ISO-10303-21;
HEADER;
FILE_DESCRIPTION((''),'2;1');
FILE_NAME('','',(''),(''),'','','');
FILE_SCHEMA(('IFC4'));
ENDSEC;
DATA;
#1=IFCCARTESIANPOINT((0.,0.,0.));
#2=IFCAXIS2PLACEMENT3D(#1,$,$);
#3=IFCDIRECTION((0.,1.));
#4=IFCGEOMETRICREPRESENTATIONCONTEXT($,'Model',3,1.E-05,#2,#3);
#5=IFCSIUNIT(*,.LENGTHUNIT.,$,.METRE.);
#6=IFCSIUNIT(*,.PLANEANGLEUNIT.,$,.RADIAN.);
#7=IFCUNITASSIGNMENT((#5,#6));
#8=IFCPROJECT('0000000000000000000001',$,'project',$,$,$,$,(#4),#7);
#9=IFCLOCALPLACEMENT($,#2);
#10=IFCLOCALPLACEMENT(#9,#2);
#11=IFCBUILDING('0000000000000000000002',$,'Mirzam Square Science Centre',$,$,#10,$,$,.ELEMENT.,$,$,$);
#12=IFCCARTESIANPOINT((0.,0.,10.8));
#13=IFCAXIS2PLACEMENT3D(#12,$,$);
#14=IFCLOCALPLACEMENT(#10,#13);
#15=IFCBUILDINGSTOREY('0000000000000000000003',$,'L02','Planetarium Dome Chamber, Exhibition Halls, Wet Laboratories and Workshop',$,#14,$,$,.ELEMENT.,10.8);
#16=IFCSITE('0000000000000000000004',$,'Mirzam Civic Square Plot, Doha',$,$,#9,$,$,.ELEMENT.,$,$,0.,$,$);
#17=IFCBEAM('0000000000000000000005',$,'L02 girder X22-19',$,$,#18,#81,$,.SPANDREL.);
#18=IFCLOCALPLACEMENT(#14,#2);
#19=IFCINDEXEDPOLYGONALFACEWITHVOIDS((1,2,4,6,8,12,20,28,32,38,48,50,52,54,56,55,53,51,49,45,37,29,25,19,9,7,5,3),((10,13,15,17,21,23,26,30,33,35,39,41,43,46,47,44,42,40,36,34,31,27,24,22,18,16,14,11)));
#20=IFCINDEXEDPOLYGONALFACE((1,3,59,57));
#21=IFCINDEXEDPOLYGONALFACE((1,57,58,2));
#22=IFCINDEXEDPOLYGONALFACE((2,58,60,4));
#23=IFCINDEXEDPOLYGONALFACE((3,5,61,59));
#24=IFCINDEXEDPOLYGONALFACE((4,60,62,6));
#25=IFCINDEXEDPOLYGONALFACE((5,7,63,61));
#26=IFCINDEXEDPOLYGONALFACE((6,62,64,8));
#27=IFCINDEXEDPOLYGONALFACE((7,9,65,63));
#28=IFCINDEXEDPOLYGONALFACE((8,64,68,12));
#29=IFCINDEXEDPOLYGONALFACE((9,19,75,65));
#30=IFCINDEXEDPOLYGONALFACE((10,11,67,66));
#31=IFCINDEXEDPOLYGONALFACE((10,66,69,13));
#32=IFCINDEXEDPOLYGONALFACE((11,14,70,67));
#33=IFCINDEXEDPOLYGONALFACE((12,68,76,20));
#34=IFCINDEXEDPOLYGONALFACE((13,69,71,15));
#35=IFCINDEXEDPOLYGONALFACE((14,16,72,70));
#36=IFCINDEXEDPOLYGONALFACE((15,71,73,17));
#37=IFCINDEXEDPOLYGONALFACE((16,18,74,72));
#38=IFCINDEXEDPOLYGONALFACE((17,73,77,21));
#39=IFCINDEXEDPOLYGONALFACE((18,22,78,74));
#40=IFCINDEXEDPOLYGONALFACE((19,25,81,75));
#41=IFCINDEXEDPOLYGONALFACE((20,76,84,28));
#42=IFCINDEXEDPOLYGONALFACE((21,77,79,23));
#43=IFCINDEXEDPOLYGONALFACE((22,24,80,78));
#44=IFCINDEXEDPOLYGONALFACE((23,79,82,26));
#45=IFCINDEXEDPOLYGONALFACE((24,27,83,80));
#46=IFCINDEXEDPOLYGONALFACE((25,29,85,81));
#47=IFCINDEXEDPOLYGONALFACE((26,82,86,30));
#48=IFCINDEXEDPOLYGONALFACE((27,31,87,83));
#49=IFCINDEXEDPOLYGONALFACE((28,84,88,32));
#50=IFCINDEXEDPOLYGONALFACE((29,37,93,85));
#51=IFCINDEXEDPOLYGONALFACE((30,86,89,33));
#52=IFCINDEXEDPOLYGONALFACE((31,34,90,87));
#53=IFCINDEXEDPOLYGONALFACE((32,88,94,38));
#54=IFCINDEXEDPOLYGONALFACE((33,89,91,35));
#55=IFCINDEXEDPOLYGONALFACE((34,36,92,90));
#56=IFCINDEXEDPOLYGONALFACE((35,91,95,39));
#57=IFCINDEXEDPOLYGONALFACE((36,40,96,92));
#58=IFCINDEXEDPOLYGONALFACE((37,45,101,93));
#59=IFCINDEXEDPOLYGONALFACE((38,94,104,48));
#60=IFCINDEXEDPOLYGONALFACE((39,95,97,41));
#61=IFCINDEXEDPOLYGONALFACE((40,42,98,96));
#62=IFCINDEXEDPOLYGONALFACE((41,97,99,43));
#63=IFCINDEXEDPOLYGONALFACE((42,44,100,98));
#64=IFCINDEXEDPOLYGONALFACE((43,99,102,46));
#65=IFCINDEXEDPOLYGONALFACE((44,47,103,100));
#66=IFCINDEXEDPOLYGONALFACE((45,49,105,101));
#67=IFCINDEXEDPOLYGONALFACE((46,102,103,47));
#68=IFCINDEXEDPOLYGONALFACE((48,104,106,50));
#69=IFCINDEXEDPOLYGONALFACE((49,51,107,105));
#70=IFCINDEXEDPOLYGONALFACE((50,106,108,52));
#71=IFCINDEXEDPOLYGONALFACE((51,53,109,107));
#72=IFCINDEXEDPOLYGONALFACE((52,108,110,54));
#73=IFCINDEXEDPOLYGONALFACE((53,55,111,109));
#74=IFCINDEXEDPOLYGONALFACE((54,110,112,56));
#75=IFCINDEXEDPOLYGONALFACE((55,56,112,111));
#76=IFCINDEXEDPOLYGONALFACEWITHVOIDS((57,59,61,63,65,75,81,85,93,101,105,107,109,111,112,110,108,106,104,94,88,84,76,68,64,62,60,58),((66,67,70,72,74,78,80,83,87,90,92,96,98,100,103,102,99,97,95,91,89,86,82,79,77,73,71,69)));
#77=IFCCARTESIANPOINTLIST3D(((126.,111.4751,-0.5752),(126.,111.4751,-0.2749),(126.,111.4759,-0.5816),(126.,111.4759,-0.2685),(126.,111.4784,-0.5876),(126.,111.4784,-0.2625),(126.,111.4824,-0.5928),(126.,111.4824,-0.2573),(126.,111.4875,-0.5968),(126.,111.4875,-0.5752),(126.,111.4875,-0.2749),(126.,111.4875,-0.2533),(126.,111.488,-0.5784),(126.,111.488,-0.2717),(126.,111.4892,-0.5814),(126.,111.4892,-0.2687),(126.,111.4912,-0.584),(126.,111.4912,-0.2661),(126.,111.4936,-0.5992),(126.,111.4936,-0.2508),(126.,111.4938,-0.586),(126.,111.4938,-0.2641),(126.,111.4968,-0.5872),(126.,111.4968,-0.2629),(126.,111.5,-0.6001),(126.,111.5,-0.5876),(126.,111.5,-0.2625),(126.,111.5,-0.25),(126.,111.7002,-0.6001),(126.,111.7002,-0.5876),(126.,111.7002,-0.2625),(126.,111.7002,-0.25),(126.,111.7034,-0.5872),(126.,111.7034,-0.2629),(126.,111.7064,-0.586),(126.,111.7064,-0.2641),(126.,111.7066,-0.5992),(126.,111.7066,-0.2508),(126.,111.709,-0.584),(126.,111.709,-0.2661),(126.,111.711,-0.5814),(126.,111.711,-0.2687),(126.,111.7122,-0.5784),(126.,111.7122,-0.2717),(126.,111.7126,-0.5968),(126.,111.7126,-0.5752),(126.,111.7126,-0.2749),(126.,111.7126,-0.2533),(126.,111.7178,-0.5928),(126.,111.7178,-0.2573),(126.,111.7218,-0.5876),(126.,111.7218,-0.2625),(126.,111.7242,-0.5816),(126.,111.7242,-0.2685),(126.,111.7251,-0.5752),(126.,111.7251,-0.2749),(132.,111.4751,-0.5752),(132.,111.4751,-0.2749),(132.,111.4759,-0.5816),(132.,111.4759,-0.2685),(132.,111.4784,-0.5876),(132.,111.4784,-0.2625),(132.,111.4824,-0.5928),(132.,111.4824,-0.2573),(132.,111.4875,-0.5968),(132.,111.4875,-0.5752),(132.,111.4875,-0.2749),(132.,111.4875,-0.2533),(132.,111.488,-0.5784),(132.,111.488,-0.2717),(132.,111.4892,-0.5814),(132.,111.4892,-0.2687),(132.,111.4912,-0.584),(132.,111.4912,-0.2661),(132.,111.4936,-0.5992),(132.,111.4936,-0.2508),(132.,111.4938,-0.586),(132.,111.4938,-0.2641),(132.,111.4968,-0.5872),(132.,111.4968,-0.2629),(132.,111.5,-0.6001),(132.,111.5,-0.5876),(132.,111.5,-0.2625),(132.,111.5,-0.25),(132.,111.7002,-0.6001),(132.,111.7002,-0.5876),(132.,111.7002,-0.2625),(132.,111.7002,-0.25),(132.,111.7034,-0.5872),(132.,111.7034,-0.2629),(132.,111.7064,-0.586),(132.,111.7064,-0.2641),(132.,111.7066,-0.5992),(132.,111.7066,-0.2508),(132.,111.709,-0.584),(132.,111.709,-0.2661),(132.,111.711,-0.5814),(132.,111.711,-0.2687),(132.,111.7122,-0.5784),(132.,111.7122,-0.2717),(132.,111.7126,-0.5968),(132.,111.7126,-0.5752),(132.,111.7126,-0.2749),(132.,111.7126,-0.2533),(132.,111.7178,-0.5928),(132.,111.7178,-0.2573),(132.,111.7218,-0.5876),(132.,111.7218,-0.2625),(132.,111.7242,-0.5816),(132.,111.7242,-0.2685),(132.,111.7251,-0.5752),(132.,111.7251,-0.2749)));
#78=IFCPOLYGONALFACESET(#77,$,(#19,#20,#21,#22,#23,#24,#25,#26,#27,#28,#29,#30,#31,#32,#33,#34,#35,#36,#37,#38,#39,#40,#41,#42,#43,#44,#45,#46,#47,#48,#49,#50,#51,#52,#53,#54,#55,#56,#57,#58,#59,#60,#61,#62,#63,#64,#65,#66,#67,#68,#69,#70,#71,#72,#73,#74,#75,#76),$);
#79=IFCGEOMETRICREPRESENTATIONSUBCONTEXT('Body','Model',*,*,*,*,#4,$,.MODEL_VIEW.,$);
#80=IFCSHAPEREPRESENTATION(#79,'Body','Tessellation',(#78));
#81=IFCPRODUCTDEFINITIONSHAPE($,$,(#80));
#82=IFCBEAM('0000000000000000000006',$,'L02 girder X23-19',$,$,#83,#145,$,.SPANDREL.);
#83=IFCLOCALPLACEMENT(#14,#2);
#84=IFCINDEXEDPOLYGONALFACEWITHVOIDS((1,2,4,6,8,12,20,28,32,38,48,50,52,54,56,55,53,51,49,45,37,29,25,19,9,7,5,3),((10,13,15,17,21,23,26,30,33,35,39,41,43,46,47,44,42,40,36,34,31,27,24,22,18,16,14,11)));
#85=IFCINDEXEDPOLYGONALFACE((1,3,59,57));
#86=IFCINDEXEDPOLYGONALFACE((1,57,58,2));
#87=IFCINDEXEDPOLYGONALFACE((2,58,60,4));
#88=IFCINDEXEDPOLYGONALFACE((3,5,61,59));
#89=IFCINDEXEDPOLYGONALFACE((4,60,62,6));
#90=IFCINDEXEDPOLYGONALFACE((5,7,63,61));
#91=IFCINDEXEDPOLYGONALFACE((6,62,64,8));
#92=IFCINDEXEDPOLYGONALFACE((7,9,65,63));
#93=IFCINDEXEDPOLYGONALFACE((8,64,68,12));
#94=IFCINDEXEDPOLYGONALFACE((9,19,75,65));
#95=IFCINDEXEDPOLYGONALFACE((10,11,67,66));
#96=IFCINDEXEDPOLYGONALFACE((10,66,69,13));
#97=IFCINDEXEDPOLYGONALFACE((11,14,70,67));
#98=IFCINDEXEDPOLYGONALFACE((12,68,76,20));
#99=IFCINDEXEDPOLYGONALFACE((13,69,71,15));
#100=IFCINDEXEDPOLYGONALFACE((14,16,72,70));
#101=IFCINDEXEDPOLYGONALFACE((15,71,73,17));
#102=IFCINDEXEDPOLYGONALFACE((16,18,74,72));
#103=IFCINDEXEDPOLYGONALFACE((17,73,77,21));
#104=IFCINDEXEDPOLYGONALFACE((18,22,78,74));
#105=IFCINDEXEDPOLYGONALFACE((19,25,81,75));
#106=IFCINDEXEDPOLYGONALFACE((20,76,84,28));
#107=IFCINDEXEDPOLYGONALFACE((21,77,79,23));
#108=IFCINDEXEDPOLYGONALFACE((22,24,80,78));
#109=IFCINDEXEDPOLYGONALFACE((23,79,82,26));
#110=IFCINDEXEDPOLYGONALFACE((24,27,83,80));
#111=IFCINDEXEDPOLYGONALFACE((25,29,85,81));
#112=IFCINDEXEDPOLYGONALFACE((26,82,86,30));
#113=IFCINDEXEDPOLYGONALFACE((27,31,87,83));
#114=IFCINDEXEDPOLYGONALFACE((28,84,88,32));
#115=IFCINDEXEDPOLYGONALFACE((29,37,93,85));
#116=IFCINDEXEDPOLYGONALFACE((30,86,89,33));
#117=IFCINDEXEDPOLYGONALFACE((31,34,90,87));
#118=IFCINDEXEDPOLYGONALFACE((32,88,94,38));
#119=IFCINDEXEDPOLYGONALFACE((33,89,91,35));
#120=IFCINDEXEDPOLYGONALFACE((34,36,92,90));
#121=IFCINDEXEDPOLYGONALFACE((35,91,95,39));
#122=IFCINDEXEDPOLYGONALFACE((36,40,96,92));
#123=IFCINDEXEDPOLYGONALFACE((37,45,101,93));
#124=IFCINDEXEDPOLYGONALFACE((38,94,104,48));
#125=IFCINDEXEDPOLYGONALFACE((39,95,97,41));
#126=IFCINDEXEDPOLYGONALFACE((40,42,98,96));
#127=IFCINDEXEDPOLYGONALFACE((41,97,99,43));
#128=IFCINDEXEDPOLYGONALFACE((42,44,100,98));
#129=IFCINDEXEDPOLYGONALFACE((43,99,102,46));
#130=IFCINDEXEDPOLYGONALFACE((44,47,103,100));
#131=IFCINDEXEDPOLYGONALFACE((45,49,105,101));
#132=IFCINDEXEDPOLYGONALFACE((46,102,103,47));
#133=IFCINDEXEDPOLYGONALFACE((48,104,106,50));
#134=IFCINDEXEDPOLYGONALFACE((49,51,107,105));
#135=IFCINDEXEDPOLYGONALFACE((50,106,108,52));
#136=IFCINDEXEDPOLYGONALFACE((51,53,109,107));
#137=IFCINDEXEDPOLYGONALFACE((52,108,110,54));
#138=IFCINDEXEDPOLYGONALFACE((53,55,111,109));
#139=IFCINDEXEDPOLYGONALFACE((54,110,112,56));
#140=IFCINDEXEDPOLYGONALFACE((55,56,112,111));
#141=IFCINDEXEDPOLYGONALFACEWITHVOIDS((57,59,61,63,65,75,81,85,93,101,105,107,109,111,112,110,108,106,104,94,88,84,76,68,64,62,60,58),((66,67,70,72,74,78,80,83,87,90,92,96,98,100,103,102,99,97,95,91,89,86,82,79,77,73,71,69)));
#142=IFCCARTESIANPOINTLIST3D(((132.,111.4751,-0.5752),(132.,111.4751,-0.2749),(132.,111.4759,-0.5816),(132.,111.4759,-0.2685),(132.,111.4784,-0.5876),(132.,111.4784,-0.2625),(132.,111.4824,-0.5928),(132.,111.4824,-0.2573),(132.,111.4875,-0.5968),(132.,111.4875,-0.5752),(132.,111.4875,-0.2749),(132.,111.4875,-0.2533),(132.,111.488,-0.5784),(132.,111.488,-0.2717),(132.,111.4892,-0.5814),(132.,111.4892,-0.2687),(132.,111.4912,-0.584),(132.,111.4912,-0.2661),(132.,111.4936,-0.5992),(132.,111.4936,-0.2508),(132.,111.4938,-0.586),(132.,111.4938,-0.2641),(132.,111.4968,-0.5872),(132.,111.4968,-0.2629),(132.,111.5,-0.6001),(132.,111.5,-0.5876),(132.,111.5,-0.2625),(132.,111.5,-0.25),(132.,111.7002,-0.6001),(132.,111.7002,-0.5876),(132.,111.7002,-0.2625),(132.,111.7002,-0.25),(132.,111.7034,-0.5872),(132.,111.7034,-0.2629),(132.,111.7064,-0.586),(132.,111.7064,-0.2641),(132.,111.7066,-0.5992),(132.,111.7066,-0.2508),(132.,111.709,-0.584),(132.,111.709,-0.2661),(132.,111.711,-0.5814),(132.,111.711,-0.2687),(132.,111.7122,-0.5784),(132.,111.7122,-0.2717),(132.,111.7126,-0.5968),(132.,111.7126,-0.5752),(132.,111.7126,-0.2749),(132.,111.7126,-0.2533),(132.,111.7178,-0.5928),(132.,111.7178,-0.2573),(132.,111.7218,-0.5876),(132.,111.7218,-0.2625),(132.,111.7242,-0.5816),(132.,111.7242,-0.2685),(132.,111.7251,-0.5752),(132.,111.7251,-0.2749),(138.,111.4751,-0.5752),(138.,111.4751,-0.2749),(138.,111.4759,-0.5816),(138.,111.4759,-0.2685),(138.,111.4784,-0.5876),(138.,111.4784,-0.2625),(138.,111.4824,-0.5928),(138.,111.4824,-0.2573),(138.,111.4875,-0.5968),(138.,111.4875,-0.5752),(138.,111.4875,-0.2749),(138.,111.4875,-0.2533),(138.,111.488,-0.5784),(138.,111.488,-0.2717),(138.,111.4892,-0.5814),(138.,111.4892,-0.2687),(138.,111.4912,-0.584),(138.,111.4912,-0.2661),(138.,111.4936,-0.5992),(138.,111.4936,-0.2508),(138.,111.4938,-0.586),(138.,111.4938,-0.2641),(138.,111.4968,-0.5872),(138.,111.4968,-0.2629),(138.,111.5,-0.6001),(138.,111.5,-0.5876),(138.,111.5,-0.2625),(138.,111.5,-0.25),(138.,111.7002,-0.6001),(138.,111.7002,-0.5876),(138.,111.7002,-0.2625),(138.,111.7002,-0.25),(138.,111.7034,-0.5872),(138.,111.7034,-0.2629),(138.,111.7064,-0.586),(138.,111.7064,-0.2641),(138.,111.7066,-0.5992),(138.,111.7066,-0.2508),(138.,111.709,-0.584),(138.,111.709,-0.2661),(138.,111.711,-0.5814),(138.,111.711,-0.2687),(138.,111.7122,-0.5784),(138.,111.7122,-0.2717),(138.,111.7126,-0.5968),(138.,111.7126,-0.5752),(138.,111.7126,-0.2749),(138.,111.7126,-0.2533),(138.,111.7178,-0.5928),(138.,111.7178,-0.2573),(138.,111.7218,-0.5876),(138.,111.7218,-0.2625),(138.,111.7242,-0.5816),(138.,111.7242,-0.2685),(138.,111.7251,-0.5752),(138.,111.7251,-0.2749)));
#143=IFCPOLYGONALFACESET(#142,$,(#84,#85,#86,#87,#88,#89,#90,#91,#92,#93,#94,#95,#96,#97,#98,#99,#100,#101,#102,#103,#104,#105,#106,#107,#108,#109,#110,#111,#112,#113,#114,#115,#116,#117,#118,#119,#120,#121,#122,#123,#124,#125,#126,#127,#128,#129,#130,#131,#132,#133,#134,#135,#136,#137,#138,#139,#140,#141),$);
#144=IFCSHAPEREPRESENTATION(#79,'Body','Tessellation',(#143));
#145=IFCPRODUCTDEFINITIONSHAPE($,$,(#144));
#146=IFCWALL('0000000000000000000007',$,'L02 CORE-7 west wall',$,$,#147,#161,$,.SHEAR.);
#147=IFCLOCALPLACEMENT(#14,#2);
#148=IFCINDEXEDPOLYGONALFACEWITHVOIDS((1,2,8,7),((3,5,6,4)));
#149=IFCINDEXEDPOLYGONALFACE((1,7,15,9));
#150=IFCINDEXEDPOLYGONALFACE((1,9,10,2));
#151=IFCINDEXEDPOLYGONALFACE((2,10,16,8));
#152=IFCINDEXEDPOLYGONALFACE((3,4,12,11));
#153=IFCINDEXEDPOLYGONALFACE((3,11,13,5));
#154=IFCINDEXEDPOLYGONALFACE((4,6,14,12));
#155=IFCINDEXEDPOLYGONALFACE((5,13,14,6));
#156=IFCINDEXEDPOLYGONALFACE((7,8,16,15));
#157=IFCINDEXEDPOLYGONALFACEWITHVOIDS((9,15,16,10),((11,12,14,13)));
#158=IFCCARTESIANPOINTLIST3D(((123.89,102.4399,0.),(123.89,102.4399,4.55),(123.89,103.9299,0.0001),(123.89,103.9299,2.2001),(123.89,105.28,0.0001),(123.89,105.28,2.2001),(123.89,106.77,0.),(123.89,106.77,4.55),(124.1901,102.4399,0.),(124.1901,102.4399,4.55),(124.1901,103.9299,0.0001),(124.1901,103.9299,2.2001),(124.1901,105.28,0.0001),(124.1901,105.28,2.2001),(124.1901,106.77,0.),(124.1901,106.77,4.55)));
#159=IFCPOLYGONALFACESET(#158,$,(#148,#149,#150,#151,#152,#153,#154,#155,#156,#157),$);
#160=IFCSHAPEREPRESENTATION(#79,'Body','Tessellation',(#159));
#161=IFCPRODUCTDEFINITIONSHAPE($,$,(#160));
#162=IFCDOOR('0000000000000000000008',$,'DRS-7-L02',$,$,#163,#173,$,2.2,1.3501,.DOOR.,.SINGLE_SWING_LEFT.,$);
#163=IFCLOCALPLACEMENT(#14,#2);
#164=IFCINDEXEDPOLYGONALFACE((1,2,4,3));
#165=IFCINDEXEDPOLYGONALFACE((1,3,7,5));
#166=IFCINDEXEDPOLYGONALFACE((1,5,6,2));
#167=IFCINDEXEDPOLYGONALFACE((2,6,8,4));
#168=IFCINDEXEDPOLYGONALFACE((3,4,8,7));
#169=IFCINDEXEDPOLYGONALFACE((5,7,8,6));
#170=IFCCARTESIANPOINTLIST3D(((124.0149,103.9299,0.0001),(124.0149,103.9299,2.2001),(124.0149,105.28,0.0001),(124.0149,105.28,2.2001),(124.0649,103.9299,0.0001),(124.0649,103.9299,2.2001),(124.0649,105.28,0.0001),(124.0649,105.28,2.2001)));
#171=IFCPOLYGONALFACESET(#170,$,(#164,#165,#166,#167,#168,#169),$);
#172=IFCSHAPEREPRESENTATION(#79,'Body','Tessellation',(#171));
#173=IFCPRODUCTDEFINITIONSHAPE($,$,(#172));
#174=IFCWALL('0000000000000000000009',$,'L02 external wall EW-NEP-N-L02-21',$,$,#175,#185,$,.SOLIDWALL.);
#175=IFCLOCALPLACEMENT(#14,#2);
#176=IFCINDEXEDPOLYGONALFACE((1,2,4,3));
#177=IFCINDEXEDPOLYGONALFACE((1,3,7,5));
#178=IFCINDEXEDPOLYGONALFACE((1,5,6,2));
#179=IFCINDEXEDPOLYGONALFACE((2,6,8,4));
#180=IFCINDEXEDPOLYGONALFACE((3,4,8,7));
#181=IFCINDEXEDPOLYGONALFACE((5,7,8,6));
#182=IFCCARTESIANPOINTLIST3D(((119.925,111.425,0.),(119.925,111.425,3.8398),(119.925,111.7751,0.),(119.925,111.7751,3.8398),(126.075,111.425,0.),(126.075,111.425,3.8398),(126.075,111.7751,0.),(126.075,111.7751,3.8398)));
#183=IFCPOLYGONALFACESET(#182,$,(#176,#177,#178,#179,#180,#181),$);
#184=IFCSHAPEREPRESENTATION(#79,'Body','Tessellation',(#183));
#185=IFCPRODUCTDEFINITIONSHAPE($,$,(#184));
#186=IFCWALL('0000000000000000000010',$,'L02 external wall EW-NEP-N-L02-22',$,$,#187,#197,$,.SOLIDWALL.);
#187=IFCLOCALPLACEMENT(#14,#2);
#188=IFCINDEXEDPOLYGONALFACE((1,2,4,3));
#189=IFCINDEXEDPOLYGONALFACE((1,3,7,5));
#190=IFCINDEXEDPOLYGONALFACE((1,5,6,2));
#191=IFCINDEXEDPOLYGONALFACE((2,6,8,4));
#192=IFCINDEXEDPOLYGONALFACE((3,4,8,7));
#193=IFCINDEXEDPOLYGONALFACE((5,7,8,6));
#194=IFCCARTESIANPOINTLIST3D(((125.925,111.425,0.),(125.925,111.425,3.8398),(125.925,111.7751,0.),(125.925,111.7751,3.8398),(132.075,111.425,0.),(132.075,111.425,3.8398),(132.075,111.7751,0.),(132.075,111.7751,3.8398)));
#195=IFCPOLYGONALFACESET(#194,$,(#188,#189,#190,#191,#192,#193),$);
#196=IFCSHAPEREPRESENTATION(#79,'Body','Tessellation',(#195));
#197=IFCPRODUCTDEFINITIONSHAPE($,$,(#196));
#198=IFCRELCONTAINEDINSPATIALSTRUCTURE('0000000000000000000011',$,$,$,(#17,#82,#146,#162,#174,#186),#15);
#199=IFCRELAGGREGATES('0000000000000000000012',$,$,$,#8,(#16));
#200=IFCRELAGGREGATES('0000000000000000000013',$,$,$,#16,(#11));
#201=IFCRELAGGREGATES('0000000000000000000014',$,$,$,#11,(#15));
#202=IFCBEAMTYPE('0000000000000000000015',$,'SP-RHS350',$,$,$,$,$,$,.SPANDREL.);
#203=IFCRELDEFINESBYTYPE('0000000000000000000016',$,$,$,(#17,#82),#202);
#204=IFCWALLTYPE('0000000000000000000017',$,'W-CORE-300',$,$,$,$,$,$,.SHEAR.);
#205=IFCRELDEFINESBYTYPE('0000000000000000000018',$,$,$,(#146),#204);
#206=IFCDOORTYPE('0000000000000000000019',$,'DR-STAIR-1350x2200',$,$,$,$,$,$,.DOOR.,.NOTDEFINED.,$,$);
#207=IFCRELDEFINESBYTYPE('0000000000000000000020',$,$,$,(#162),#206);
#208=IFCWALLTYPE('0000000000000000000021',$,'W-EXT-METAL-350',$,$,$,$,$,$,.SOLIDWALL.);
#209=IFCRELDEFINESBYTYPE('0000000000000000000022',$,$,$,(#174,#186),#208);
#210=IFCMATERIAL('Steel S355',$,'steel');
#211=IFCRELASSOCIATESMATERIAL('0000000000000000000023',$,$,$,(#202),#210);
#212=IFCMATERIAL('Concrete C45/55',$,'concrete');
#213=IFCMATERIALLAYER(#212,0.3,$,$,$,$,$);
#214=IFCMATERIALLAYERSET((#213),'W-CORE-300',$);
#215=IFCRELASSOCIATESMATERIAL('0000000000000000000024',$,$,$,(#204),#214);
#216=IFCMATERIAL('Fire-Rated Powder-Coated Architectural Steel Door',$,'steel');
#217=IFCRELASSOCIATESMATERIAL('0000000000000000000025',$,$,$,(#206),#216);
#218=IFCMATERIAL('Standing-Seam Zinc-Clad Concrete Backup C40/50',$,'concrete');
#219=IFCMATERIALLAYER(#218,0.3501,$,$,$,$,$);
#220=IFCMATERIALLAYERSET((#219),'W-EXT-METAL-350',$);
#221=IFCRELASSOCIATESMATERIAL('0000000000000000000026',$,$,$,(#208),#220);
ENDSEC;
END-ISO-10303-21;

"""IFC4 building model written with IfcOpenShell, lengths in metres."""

from ifc_helpers import new_model, si_unit, direction, frame, frame_2d, origin, origin_2d, place, context, subcontext, project, spatial, rectangle, hollow_rectangle, extrude, material, layer, layer_set, material_profile, profile_set, type_object, element, fill, save


model = new_model("IFC4")

# Units and contexts
model_context = context("Model", 3, precision=1e-05, world=origin(), true_north=direction((0.0, 1.0)))
body_context = subcontext(model_context, "Body", "Model", "MODEL_VIEW")
ifc_project = project(units=[si_unit("LENGTHUNIT", "METRE"), si_unit("PLANEANGLEUNIT", "RADIAN")], contexts=[model_context])

# Site, building, storey
site_placement = place(None, origin())
site = spatial("IfcSite", under=ifc_project, at=site_placement, Name="Mirzam Civic Square Plot, Doha", CompositionType="ELEMENT", RefElevation=0.0)
building_placement = place(site_placement, origin())
building = spatial("IfcBuilding", under=site, at=building_placement, Name="Mirzam Square Science Centre", CompositionType="ELEMENT")
storey_placement = place(building_placement, frame((0.0, 0.0, 10.8)))
storey = spatial("IfcBuildingStorey", under=building, at=storey_placement, Name="L02", Description="Planetarium Dome Chamber, Exhibition Halls, Wet Laboratories and Workshop", CompositionType="ELEMENT", Elevation=10.8)

# Shared definitions
ifc_material_1 = material(Name="Steel S355", Category="steel")

# Beams
ifc_material_profile_1 = material_profile(ifc_material_1, hollow_rectangle(XDim=0.25, YDim=0.3501, WallThickness=0.0125, InnerFilletRadius=0.0125, OuterFilletRadius=0.0249, at=origin_2d()), Name="350x250x12.5RHS")
ifc_profile_set_1 = profile_set([ifc_material_profile_1], Name="Steel S355")
beam_type_1 = type_object("IfcBeamType", Name="SP-RHS350", PredefinedType="SPANDREL", material=ifc_profile_set_1)
for number, where, z_axis, x_axis, name in (
    (1, (126.0, 111.6001, -0.425), (1.0, 0.0, 0.0), (0.0, 1.0, 0.0), "L02 girder X22-19"),
    (2, (132.0, 111.6001, -0.425), (1.0, 0.0, 0.0), (0.0, 1.0, 0.0), "L02 girder X23-19"),
):
    element("IfcBeam", number, at=place(storey_placement, frame(where, z_axis=z_axis, x_axis=x_axis)), inside=storey, type_object=beam_type_1, Name=name, PredefinedType="SPANDREL", context=body_context, shape_type="SweptSolid", body=[
        extrude(hollow_rectangle(XDim=0.25, YDim=0.3501, WallThickness=0.0125, InnerFilletRadius=0.0125, OuterFilletRadius=0.0249, at=origin_2d()), origin(), (0.0, 0.0, 1.0), 6.0),
    ])

# Wall, opening, door
ifc_material_2 = material(Name="Concrete C45/55", Category="concrete")
ifc_layer_1 = layer(ifc_material_2, 0.3)
ifc_layer_set_1 = layer_set([ifc_layer_1], Name="W-CORE-300")
wall_type_1 = type_object("IfcWallType", Name="W-CORE-300", PredefinedType="SHEAR", material=ifc_layer_set_1)
wall_1_placement = place(storey_placement, frame((124.04, 106.77, 0.0), z_axis=(0.0, 0.0, 1.0), x_axis=(0.0, -1.0, 0.0)))
wall_1 = element("IfcWall", 3, at=wall_1_placement, inside=storey, type_object=wall_type_1, Name="L02 CORE-7 west wall", PredefinedType="SHEAR", context=body_context, shape_type="SweptSolid", body=[
    extrude(rectangle(XDim=4.3301, YDim=0.3, at=frame_2d((2.165, 0.0))), origin(), (0.0, 0.0, 1.0), 4.55),
])
opening_placement = place(wall_1_placement, frame((1.49, 0.0, 0.0)))
opening = element("IfcOpeningElement", 4, at=opening_placement, cuts=wall_1, PredefinedType="OPENING", context=body_context, shape_type="SweptSolid", body=[
    extrude(rectangle(XDim=1.3501, YDim=2.2, at=frame_2d((0.675, 1.1001))), frame((0.0, 0.1599, 0.0), z_axis=(0.0, -1.0, 0.0), x_axis=(1.0, 0.0, 0.0)), (0.0, 0.0, 1.0), 0.3201),
])
ifc_material_3 = material(Name="Fire-Rated Powder-Coated Architectural Steel Door", Category="steel")
door_type = type_object("IfcDoorType", Name="DR-STAIR-1350x2200", OperationType="NOTDEFINED", PredefinedType="DOOR", material=ifc_material_3)
door_placement = place(opening_placement, origin())
door = element("IfcDoor", 5, at=door_placement, inside=storey, type_object=door_type, Name="DRS-7-L02", OperationType="SINGLE_SWING_LEFT", OverallHeight=2.2, OverallWidth=1.3501, PredefinedType="DOOR", context=body_context, shape_type="SweptSolid", body=[
    extrude(rectangle(XDim=1.3501, YDim=2.2, at=frame_2d((0.675, 1.1001))), frame((0.0, 0.0249, 0.0), z_axis=(0.0, -1.0, 0.0), x_axis=(1.0, 0.0, 0.0)), (0.0, 0.0, 1.0), 0.05),
])
fill(opening, door)

# Walls
ifc_material_4 = material(Name="Standing-Seam Zinc-Clad Concrete Backup C40/50", Category="concrete")
ifc_layer_2 = layer(ifc_material_4, 0.3501)
ifc_layer_set_2 = layer_set([ifc_layer_2], Name="W-EXT-METAL-350")
wall_type_2 = type_object("IfcWallType", Name="W-EXT-METAL-350", PredefinedType="SOLIDWALL", material=ifc_layer_set_2)
for number, where, z_axis, x_axis, name in (
    (6, (126.075, 111.6001, 0.0), (0.0, 0.0, 1.0), (-1.0, 0.0, 0.0), "L02 external wall EW-NEP-N-L02-21"),
    (7, (132.075, 111.6001, 0.0), (0.0, 0.0, 1.0), (-1.0, 0.0, 0.0), "L02 external wall EW-NEP-N-L02-22"),
):
    element("IfcWall", number, at=place(storey_placement, frame(where, z_axis=z_axis, x_axis=x_axis)), inside=storey, type_object=wall_type_2, Name=name, PredefinedType="SOLIDWALL", context=body_context, shape_type="SweptSolid", body=[
        extrude(rectangle(XDim=6.1499, YDim=0.3501, at=frame_2d((3.075, 0.0))), origin(), (0.0, 0.0, 1.0), 3.8398),
    ])

save(model, "model.ifc")
